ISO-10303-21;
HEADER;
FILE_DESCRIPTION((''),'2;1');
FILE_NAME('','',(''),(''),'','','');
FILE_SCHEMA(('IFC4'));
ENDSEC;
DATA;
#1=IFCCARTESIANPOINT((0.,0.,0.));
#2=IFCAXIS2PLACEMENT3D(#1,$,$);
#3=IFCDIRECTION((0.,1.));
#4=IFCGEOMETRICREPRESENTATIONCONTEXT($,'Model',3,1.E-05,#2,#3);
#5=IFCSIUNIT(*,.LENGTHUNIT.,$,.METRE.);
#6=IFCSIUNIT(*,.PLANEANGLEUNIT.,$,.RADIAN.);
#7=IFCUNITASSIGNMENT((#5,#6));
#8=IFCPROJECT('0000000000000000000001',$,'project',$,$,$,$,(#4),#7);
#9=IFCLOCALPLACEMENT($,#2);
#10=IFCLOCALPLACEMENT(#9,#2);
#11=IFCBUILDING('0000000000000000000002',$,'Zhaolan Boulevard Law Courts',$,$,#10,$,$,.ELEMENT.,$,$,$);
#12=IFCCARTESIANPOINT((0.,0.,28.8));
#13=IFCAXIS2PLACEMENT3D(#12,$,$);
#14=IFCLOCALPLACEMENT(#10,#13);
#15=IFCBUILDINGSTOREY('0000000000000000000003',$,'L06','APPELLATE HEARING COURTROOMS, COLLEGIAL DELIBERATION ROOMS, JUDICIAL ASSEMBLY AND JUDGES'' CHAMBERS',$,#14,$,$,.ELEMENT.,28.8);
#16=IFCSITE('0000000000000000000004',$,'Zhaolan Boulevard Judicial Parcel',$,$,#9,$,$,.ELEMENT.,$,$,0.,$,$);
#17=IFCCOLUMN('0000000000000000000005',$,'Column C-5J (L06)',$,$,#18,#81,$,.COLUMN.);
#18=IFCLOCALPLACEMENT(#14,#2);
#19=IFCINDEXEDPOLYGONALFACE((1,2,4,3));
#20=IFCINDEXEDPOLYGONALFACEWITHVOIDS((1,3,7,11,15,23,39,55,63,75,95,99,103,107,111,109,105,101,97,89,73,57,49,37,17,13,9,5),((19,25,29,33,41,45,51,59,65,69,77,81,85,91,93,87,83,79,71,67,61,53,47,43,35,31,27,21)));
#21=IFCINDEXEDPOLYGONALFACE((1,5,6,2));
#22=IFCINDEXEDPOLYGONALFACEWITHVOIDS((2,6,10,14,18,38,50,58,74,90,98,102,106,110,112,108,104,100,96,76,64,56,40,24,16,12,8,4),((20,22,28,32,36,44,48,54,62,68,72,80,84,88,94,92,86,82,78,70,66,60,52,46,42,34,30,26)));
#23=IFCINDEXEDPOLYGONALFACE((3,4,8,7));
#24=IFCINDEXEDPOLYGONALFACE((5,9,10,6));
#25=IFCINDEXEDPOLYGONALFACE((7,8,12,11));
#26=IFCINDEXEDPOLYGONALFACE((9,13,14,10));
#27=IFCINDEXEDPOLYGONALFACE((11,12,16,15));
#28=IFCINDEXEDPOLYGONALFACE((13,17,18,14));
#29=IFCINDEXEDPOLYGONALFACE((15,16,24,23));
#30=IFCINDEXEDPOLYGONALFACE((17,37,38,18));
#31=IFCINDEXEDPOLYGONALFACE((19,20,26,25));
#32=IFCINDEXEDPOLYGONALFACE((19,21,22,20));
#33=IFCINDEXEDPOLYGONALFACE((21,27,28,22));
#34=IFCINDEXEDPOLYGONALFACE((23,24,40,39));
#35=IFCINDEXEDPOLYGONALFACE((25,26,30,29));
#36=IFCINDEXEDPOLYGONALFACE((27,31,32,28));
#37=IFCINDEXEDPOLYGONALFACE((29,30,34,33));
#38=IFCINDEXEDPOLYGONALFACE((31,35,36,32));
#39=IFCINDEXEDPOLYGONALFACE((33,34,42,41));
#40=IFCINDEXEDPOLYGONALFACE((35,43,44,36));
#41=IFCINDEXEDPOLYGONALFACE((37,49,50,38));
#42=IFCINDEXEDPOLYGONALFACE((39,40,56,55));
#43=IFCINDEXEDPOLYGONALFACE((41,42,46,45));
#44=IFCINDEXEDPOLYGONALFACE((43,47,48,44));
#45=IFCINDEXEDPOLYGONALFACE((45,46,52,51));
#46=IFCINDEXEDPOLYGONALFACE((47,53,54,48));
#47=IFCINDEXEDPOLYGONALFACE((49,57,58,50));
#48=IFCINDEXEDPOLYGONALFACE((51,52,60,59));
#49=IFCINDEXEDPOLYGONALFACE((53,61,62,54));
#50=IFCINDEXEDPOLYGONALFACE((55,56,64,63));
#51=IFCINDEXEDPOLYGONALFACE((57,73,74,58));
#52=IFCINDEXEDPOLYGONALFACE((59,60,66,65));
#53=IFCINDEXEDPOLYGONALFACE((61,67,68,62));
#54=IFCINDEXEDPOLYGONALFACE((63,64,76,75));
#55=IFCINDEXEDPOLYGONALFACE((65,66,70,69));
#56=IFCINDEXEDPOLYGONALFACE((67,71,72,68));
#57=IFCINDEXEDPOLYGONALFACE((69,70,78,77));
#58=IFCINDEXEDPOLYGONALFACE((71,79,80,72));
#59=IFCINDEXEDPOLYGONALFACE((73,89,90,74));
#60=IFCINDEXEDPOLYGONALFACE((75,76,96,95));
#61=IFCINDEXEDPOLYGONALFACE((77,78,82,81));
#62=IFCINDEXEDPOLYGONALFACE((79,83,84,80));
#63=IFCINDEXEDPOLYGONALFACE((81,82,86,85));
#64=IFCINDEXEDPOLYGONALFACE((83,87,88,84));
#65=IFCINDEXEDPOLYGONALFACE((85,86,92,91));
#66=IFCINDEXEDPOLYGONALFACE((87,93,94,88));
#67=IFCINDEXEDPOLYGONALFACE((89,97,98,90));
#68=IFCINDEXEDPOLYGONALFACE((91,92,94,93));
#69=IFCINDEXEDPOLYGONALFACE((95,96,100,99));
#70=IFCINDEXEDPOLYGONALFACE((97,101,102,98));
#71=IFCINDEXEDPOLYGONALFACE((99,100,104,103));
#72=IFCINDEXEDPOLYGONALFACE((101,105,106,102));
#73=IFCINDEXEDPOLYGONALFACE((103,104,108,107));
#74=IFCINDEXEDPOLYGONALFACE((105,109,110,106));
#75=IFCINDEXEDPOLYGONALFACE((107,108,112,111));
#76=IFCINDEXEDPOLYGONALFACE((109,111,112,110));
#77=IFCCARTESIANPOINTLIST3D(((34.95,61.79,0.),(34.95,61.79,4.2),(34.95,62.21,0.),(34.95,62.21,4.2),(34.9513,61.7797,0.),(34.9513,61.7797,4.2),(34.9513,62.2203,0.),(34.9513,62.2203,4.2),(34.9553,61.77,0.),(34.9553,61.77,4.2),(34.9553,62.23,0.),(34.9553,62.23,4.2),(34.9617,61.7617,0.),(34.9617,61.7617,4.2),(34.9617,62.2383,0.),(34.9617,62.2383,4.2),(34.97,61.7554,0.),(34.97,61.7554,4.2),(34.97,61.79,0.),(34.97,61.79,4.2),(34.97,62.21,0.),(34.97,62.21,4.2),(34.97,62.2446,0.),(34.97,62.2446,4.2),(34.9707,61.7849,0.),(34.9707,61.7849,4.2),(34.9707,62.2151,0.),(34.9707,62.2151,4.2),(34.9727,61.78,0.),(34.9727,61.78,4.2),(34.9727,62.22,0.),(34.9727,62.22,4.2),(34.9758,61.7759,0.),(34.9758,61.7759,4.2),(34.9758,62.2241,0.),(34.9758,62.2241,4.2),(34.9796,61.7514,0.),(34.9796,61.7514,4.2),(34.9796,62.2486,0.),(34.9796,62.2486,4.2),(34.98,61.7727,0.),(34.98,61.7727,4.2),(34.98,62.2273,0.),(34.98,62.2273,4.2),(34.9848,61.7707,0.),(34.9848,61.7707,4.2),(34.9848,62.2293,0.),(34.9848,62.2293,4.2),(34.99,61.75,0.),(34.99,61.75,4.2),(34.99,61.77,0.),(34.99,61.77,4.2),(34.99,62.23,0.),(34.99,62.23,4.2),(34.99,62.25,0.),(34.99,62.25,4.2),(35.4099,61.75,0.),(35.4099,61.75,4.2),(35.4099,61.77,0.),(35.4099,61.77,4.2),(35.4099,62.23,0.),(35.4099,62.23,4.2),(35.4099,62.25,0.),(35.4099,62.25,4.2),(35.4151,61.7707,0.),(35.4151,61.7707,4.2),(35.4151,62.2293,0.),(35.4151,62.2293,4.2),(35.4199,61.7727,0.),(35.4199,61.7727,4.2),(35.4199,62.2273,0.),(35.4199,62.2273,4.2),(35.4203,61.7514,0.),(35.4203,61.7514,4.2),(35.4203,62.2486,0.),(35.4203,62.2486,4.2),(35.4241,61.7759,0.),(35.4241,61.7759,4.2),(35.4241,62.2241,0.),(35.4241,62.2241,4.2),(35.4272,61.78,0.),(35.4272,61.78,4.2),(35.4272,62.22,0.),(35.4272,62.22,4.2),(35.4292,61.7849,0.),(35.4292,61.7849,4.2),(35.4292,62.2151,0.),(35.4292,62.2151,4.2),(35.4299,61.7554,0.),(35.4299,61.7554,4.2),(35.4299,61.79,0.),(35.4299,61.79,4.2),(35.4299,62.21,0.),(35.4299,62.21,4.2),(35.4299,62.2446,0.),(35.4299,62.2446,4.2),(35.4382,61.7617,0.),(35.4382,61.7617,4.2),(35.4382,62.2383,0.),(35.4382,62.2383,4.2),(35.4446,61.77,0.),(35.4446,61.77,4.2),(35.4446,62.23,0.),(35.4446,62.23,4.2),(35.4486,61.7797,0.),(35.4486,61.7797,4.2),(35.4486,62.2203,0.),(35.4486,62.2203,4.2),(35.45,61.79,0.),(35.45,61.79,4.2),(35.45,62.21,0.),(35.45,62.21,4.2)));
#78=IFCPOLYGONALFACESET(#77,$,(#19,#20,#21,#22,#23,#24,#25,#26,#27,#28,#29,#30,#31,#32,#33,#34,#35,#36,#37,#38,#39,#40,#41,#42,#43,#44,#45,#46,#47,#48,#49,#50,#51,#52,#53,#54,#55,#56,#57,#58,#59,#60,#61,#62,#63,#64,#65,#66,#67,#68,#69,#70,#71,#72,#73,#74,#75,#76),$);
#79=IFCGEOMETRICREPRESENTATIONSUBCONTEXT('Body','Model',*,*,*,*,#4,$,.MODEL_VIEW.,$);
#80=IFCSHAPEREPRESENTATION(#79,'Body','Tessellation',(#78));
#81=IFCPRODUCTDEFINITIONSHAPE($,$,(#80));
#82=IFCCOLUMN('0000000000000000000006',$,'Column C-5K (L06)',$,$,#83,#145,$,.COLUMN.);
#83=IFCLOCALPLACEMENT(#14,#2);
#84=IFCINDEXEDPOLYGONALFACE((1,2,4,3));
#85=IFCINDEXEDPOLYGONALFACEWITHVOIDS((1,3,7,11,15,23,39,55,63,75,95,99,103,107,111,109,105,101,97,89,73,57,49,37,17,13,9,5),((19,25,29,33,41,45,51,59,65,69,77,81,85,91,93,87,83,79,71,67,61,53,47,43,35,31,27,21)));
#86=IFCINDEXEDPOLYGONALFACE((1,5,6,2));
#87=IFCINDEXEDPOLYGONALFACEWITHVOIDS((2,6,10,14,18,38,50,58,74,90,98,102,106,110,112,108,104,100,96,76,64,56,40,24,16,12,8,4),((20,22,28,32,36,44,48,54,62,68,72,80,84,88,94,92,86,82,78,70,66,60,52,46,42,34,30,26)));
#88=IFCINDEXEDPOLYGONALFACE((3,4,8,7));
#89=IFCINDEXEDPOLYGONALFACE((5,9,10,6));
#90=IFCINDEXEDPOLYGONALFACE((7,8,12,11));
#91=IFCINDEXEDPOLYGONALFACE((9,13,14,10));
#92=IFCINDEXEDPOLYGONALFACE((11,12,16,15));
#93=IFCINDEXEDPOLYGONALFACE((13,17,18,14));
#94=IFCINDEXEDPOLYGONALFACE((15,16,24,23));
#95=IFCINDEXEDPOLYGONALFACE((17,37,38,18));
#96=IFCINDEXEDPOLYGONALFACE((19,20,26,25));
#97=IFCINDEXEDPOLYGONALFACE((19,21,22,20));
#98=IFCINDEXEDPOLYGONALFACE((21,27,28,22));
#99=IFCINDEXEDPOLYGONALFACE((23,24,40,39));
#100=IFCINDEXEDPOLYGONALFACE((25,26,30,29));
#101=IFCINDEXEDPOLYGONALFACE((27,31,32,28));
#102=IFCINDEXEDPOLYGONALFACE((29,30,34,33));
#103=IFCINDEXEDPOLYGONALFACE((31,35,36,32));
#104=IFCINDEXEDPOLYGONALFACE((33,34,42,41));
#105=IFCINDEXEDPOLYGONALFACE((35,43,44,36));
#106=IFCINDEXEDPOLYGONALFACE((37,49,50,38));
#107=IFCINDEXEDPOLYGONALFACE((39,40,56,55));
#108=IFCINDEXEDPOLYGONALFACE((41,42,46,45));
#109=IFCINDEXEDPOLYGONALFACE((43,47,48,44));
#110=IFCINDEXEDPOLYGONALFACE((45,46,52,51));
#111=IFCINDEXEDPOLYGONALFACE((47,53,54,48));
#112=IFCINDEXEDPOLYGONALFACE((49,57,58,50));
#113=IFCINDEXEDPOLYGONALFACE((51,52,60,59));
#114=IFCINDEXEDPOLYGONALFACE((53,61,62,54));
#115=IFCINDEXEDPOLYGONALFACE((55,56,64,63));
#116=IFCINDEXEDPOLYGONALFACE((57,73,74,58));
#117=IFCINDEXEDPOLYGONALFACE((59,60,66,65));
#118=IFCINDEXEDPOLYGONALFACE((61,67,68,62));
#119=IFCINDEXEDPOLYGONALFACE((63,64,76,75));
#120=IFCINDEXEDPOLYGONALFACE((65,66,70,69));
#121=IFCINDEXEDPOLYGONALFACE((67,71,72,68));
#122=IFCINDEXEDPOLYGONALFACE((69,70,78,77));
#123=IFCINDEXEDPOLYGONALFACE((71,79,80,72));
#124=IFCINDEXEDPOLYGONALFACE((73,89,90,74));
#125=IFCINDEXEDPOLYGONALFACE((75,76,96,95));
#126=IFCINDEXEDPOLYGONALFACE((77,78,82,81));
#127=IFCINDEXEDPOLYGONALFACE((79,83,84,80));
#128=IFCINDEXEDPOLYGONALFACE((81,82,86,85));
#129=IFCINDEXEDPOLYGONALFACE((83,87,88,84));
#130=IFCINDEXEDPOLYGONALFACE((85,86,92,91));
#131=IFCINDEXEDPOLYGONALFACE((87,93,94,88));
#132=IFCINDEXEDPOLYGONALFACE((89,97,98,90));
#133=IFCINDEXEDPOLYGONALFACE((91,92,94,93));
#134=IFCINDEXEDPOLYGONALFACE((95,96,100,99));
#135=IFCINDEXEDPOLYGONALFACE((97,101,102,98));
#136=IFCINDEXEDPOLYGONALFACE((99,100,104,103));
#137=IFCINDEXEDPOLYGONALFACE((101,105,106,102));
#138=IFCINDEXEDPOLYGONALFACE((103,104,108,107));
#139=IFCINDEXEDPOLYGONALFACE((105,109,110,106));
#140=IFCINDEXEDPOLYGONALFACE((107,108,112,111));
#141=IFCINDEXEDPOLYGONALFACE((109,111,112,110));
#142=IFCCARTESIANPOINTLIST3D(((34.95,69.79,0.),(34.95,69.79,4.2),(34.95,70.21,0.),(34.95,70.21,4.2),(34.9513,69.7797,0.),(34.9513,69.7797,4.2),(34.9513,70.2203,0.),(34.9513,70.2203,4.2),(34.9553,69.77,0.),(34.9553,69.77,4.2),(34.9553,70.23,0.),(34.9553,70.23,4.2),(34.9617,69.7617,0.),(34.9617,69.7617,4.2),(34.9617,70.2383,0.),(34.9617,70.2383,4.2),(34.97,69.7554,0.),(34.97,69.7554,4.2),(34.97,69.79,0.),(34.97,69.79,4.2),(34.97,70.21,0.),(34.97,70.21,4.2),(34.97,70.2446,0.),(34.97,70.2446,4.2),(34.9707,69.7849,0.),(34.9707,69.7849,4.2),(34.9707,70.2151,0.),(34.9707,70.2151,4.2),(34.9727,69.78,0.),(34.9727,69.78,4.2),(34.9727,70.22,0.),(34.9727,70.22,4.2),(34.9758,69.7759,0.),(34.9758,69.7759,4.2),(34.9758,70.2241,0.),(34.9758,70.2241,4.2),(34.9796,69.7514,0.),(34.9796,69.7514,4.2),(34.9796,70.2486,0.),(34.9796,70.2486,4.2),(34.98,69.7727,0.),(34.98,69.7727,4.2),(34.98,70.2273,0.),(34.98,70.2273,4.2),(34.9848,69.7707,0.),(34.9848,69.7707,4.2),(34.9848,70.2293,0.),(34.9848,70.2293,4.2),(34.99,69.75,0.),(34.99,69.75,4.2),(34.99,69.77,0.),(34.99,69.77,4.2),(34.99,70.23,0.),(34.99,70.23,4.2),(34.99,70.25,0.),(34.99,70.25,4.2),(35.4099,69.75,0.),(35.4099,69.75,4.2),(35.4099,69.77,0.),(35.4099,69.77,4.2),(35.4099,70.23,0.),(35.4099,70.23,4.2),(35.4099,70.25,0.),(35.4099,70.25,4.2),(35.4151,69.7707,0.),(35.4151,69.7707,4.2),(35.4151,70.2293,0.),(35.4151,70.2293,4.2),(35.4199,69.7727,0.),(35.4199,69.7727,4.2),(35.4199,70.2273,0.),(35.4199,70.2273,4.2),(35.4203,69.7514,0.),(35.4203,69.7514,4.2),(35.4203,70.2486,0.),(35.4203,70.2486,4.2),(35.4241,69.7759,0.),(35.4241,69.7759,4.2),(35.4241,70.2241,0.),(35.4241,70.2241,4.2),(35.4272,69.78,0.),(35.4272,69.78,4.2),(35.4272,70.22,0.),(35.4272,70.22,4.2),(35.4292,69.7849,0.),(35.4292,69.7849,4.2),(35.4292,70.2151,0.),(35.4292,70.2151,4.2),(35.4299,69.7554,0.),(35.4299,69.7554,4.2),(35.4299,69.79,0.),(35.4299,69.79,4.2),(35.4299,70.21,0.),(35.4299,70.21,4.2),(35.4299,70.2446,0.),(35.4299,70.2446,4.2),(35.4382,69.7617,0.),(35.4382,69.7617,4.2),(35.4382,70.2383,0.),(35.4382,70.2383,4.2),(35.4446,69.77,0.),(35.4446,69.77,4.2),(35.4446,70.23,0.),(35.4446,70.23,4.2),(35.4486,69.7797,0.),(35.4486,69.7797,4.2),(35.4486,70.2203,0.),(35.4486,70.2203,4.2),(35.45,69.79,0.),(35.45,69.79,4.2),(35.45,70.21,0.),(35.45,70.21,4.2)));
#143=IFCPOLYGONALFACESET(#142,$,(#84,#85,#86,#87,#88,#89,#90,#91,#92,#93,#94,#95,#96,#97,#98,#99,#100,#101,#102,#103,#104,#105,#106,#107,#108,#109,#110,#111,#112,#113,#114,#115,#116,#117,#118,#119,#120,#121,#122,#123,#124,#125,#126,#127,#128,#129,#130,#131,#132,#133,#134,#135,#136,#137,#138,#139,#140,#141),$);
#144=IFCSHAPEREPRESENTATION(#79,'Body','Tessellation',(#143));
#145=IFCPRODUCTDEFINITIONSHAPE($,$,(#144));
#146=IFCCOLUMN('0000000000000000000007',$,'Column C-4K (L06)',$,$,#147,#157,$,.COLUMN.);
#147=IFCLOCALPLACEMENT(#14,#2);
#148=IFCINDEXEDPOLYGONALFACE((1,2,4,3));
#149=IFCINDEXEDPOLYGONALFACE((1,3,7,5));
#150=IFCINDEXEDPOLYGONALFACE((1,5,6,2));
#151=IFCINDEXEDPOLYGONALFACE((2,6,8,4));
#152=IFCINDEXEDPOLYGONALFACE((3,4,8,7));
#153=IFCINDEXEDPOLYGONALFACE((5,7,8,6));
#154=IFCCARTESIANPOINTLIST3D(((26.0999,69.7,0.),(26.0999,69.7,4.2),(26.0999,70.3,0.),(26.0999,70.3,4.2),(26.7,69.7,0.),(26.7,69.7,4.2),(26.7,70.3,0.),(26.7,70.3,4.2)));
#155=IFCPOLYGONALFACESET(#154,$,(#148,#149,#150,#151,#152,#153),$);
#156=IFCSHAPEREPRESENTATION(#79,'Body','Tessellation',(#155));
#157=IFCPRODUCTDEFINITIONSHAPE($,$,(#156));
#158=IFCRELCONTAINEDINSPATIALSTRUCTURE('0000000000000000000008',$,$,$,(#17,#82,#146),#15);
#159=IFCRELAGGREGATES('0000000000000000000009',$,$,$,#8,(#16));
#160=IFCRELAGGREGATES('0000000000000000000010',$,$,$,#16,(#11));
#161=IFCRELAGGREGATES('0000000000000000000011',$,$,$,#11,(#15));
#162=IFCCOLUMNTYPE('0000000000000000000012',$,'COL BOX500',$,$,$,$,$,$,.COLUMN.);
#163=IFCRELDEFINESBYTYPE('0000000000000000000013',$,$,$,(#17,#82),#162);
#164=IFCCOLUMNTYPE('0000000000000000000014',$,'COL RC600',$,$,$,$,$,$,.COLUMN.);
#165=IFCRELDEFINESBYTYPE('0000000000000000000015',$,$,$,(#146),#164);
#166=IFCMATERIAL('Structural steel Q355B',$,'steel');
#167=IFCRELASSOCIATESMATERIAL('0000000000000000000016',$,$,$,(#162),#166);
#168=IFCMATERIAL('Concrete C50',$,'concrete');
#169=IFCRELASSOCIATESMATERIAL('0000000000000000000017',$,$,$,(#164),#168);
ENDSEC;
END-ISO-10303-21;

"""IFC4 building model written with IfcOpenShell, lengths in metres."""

from ifc_helpers import new_model, si_unit, direction, frame, origin, origin_2d, place, context, subcontext, project, spatial, rectangle, hollow_rectangle, extrude, material, material_profile, profile_set, type_object, element, save


model = new_model("IFC4")

# Units and contexts
model_context = context("Model", 3, precision=1e-05, world=origin(), true_north=direction((0.0, 1.0)))
body_context = subcontext(model_context, "Body", "Model", "MODEL_VIEW")
ifc_project = project(units=[si_unit("LENGTHUNIT", "METRE"), si_unit("PLANEANGLEUNIT", "RADIAN")], contexts=[model_context])

# Site, building, storey
site_placement = place(None, origin())
site = spatial("IfcSite", under=ifc_project, at=site_placement, Name="Zhaolan Boulevard Judicial Parcel", CompositionType="ELEMENT", RefElevation=0.0)
building_placement = place(site_placement, origin())
building = spatial("IfcBuilding", under=site, at=building_placement, Name="Zhaolan Boulevard Law Courts", CompositionType="ELEMENT")
storey_placement = place(building_placement, frame((0.0, 0.0, 28.8)))
storey = spatial("IfcBuildingStorey", under=building, at=storey_placement, Name="L06", Description="APPELLATE HEARING COURTROOMS, COLLEGIAL DELIBERATION ROOMS, JUDICIAL ASSEMBLY AND JUDGES' CHAMBERS", CompositionType="ELEMENT", Elevation=28.8)

# Columns
ifc_material_1 = material(Name="Structural steel Q355B", Category="steel")
ifc_material_profile_1 = material_profile(ifc_material_1, hollow_rectangle(XDim=0.5, YDim=0.5, WallThickness=0.02, InnerFilletRadius=0.02, OuterFilletRadius=0.04, at=origin_2d()), Name="BOX500x500x20")
ifc_profile_set_1 = profile_set([ifc_material_profile_1], Name="Structural steel Q355B")
column_type_1 = type_object("IfcColumnType", Name="COL BOX500", PredefinedType="COLUMN", material=ifc_profile_set_1)
for number, where, z_axis, x_axis, name in (
    (1, (35.2, 62.0, 0.0), (0.0, 0.0, 1.0), (1.0, 0.0, 0.0), "Column C-5J (L06)"),
    (2, (35.2, 70.0, 0.0), (0.0, 0.0, 1.0), (1.0, 0.0, 0.0), "Column C-5K (L06)"),
):
    element("IfcColumn", number, at=place(storey_placement, frame(where, z_axis=z_axis, x_axis=x_axis)), inside=storey, type_object=column_type_1, Name=name, PredefinedType="COLUMN", context=body_context, shape_type="SweptSolid", body=[
        extrude(hollow_rectangle(XDim=0.5, YDim=0.5, WallThickness=0.02, InnerFilletRadius=0.02, OuterFilletRadius=0.04, at=origin_2d()), origin(), (0.0, 0.0, 1.0), 4.2),
    ])
ifc_material_2 = material(Name="Concrete C50", Category="concrete")
ifc_material_profile_2 = material_profile(ifc_material_2, rectangle(XDim=0.6001, YDim=0.6001, at=origin_2d()), Name="RC600x600")
ifc_profile_set_2 = profile_set([ifc_material_profile_2], Name="Concrete C50")
column_type_2 = type_object("IfcColumnType", Name="COL RC600", PredefinedType="COLUMN", material=ifc_profile_set_2)
column_placement = place(storey_placement, frame((26.3999, 70.0, 0.0), z_axis=(0.0, 0.0, 1.0), x_axis=(1.0, 0.0, 0.0)))
element("IfcColumn", 3, at=column_placement, inside=storey, type_object=column_type_2, Name="Column C-4K (L06)", PredefinedType="COLUMN", context=body_context, shape_type="SweptSolid", body=[
    extrude(rectangle(XDim=0.6001, YDim=0.6001, at=origin_2d()), origin(), (0.0, 0.0, 1.0), 4.2),
])

save(model, "model.ifc")
